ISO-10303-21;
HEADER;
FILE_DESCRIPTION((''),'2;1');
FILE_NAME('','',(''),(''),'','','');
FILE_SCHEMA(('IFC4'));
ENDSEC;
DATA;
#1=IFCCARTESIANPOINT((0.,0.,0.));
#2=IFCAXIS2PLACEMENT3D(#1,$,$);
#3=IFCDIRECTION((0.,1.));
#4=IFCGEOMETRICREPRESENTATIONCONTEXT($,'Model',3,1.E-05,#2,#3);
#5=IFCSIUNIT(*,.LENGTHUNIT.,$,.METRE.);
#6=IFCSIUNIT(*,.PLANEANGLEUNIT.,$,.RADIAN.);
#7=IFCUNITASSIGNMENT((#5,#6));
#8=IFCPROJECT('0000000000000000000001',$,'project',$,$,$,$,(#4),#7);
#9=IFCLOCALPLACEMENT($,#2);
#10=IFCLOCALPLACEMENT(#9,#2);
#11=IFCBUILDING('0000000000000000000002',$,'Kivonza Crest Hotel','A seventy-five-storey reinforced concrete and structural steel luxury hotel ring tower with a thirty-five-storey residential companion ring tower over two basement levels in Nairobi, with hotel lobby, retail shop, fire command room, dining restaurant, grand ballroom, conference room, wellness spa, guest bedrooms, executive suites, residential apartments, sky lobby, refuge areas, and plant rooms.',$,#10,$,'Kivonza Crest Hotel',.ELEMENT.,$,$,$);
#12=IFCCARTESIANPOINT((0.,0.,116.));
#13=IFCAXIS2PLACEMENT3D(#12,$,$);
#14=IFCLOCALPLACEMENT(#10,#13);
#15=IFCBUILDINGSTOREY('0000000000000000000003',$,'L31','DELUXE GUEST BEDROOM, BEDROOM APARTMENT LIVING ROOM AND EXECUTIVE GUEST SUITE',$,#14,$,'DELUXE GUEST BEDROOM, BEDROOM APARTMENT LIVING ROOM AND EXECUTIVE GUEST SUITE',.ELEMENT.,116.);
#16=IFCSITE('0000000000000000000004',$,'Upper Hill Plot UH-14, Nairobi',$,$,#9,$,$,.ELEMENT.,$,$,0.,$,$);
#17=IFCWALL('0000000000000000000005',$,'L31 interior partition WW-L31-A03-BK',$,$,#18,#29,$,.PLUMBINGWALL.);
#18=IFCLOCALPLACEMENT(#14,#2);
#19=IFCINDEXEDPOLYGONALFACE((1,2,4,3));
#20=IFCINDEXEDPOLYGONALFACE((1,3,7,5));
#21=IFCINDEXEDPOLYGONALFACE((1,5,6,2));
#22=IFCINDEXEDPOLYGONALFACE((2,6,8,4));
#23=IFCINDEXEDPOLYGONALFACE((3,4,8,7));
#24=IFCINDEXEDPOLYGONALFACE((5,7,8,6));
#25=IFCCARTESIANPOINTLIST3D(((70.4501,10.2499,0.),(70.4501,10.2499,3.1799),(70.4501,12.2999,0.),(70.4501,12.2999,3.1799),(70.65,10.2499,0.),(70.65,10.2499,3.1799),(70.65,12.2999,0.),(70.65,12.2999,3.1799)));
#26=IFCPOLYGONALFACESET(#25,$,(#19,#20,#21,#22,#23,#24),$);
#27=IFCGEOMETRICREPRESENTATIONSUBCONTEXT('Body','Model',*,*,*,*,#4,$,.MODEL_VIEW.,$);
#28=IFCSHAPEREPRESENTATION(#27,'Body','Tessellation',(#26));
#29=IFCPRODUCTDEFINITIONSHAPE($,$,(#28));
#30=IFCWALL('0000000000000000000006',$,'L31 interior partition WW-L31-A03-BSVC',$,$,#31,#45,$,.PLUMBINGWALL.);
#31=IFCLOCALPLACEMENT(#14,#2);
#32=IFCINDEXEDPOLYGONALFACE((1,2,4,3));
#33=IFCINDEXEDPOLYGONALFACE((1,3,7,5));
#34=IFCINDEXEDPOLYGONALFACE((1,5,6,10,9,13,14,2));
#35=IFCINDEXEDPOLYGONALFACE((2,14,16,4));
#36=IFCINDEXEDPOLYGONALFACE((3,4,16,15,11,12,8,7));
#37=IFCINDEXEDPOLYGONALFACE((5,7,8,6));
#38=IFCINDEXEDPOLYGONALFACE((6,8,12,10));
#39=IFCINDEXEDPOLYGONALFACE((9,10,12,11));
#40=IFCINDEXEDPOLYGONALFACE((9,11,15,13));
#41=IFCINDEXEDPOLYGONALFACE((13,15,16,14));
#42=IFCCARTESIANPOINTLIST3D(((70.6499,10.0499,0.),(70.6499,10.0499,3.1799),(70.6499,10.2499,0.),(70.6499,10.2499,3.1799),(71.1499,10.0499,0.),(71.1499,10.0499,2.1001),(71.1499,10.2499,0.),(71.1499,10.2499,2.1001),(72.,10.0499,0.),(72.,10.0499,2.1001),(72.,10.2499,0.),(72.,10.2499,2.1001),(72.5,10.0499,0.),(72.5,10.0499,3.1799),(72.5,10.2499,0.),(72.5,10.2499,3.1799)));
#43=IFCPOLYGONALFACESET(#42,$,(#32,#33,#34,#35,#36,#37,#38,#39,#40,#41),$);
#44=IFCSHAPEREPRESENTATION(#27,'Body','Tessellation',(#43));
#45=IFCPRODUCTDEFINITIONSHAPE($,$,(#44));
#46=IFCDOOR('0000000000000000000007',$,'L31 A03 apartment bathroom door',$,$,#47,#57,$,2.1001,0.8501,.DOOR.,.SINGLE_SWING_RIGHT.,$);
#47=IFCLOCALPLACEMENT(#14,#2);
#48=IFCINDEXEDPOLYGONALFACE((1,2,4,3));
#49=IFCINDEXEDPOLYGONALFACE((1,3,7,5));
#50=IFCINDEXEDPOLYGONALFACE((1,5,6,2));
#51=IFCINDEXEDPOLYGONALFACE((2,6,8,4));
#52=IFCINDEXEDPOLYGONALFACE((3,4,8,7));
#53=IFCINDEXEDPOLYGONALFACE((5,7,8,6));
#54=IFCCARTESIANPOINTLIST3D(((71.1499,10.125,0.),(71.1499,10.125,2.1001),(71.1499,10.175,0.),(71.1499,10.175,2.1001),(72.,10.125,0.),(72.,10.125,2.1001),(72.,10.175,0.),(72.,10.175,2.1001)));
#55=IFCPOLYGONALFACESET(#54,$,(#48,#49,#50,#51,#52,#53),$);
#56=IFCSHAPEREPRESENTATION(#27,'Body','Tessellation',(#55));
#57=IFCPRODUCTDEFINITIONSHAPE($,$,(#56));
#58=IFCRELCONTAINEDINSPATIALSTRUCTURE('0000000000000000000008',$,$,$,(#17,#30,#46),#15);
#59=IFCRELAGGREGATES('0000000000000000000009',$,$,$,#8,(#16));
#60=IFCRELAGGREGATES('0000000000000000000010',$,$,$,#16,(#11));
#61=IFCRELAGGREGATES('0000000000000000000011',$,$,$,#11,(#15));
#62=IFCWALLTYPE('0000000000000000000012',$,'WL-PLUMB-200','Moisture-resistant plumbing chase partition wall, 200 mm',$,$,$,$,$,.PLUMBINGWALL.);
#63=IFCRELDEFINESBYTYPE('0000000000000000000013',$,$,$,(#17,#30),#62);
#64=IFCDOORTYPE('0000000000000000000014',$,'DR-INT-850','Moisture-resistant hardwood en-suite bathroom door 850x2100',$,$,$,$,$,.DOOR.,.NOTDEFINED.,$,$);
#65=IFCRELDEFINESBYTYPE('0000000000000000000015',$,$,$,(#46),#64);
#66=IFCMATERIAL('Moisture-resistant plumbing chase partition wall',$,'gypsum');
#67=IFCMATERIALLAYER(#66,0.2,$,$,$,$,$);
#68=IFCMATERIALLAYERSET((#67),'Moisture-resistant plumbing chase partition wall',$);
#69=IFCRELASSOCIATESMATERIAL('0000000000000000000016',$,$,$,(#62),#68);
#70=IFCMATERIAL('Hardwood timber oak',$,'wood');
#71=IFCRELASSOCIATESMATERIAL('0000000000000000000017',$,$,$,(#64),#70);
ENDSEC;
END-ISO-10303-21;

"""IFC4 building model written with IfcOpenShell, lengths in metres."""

from ifc_helpers import new_model, si_unit, direction, frame, frame_2d, origin, place, context, subcontext, project, spatial, rectangle, extrude, material, layer, layer_set, type_object, element, fill, save


model = new_model("IFC4")

# Units and contexts
model_context = context("Model", 3, precision=1e-05, world=origin(), true_north=direction((0.0, 1.0)))
body_context = subcontext(model_context, "Body", "Model", "MODEL_VIEW")
ifc_project = project(units=[si_unit("LENGTHUNIT", "METRE"), si_unit("PLANEANGLEUNIT", "RADIAN")], contexts=[model_context])

# Site, building, storey
site_placement = place(None, origin())
site = spatial("IfcSite", under=ifc_project, at=site_placement, Name="Upper Hill Plot UH-14, Nairobi", CompositionType="ELEMENT", RefElevation=0.0)
building_placement = place(site_placement, origin())
building = spatial("IfcBuilding", under=site, at=building_placement, Name="Kivonza Crest Hotel", Description="A seventy-five-storey reinforced concrete and structural steel luxury hotel ring tower with a thirty-five-storey residential companion ring tower over two basement levels in Nairobi, with hotel lobby, retail shop, fire command room, dining restaurant, grand ballroom, conference room, wellness spa, guest bedrooms, executive suites, residential apartments, sky lobby, refuge areas, and plant rooms.", LongName="Kivonza Crest Hotel", CompositionType="ELEMENT")
storey_placement = place(building_placement, frame((0.0, 0.0, 116.0)))
storey = spatial("IfcBuildingStorey", under=building, at=storey_placement, Name="L31", Description="DELUXE GUEST BEDROOM, BEDROOM APARTMENT LIVING ROOM AND EXECUTIVE GUEST SUITE", LongName="DELUXE GUEST BEDROOM, BEDROOM APARTMENT LIVING ROOM AND EXECUTIVE GUEST SUITE", CompositionType="ELEMENT", Elevation=116.0)

# Shared definitions
ifc_material_1 = material(Name="Hardwood timber oak", Category="wood")

# Wall
ifc_material_2 = material(Name="Moisture-resistant plumbing chase partition wall", Category="gypsum")
ifc_layer_1 = layer(ifc_material_2, 0.2)
ifc_layer_set_1 = layer_set([ifc_layer_1], Name="Moisture-resistant plumbing chase partition wall")
wall_type_1 = type_object("IfcWallType", Name="WL-PLUMB-200", Description="Moisture-resistant plumbing chase partition wall, 200 mm", PredefinedType="PLUMBINGWALL", material=ifc_layer_set_1)
wall_1_placement = place(storey_placement, frame((70.55, 10.25, 0.0), z_axis=(0.0, 0.0, 1.0), x_axis=(0.0, 1.0, 0.0)))
element("IfcWall", 1, at=wall_1_placement, inside=storey, type_object=wall_type_1, Name="L31 interior partition WW-L31-A03-BK", PredefinedType="PLUMBINGWALL", context=body_context, shape_type="SweptSolid", body=[
    extrude(rectangle(XDim=2.05, YDim=0.2, at=frame_2d((1.0249, 0.0))), origin(), (0.0, 0.0, 1.0), 3.1799),
])

# Wall, opening, door
wall_2_placement = place(storey_placement, frame((70.6499, 10.1499, 0.0), z_axis=(0.0, 0.0, 1.0), x_axis=(1.0, 0.0, 0.0)))
wall_2 = element("IfcWall", 2, at=wall_2_placement, inside=storey, type_object=wall_type_1, Name="L31 interior partition WW-L31-A03-BSVC", PredefinedType="PLUMBINGWALL", context=body_context, shape_type="SweptSolid", body=[
    extrude(rectangle(XDim=1.8501, YDim=0.2, at=frame_2d((0.925, 0.0))), origin(), (0.0, 0.0, 1.0), 3.1799),
])
opening_1_placement = place(wall_2_placement, frame((0.5, 0.0, 0.0)))
opening_1 = element("IfcOpeningElement", 3, at=opening_1_placement, cuts=wall_2, PredefinedType="OPENING", context=body_context, shape_type="SweptSolid", body=[
    extrude(rectangle(XDim=0.8501, YDim=2.1001, at=frame_2d((0.425, 1.05))), frame((0.0, 0.1099, 0.0), z_axis=(0.0, -1.0, 0.0), x_axis=(1.0, 0.0, 0.0)), (0.0, 0.0, 1.0), 0.22),
])
door_type_1 = type_object("IfcDoorType", Name="DR-INT-850", Description="Moisture-resistant hardwood en-suite bathroom door 850x2100", OperationType="NOTDEFINED", PredefinedType="DOOR", material=ifc_material_1)
door_1_placement = place(opening_1_placement, frame((0.8501, 0.0, 0.0), z_axis=(0.0, 0.0, 1.0), x_axis=(-1.0, 0.0, 0.0)))
door_1 = element("IfcDoor", 4, at=door_1_placement, inside=storey, type_object=door_type_1, Name="L31 A03 apartment bathroom door", OperationType="SINGLE_SWING_RIGHT", OverallHeight=2.1001, OverallWidth=0.8501, PredefinedType="DOOR", context=body_context, shape_type="SweptSolid", body=[
    extrude(rectangle(XDim=0.8501, YDim=2.1001, at=frame_2d((0.425, 1.05))), frame((0.0, 0.0249, 0.0), z_axis=(0.0, -1.0, 0.0), x_axis=(1.0, 0.0, 0.0)), (0.0, 0.0, 1.0), 0.05),
])
fill(opening_1, door_1)

save(model, "model.ifc")
